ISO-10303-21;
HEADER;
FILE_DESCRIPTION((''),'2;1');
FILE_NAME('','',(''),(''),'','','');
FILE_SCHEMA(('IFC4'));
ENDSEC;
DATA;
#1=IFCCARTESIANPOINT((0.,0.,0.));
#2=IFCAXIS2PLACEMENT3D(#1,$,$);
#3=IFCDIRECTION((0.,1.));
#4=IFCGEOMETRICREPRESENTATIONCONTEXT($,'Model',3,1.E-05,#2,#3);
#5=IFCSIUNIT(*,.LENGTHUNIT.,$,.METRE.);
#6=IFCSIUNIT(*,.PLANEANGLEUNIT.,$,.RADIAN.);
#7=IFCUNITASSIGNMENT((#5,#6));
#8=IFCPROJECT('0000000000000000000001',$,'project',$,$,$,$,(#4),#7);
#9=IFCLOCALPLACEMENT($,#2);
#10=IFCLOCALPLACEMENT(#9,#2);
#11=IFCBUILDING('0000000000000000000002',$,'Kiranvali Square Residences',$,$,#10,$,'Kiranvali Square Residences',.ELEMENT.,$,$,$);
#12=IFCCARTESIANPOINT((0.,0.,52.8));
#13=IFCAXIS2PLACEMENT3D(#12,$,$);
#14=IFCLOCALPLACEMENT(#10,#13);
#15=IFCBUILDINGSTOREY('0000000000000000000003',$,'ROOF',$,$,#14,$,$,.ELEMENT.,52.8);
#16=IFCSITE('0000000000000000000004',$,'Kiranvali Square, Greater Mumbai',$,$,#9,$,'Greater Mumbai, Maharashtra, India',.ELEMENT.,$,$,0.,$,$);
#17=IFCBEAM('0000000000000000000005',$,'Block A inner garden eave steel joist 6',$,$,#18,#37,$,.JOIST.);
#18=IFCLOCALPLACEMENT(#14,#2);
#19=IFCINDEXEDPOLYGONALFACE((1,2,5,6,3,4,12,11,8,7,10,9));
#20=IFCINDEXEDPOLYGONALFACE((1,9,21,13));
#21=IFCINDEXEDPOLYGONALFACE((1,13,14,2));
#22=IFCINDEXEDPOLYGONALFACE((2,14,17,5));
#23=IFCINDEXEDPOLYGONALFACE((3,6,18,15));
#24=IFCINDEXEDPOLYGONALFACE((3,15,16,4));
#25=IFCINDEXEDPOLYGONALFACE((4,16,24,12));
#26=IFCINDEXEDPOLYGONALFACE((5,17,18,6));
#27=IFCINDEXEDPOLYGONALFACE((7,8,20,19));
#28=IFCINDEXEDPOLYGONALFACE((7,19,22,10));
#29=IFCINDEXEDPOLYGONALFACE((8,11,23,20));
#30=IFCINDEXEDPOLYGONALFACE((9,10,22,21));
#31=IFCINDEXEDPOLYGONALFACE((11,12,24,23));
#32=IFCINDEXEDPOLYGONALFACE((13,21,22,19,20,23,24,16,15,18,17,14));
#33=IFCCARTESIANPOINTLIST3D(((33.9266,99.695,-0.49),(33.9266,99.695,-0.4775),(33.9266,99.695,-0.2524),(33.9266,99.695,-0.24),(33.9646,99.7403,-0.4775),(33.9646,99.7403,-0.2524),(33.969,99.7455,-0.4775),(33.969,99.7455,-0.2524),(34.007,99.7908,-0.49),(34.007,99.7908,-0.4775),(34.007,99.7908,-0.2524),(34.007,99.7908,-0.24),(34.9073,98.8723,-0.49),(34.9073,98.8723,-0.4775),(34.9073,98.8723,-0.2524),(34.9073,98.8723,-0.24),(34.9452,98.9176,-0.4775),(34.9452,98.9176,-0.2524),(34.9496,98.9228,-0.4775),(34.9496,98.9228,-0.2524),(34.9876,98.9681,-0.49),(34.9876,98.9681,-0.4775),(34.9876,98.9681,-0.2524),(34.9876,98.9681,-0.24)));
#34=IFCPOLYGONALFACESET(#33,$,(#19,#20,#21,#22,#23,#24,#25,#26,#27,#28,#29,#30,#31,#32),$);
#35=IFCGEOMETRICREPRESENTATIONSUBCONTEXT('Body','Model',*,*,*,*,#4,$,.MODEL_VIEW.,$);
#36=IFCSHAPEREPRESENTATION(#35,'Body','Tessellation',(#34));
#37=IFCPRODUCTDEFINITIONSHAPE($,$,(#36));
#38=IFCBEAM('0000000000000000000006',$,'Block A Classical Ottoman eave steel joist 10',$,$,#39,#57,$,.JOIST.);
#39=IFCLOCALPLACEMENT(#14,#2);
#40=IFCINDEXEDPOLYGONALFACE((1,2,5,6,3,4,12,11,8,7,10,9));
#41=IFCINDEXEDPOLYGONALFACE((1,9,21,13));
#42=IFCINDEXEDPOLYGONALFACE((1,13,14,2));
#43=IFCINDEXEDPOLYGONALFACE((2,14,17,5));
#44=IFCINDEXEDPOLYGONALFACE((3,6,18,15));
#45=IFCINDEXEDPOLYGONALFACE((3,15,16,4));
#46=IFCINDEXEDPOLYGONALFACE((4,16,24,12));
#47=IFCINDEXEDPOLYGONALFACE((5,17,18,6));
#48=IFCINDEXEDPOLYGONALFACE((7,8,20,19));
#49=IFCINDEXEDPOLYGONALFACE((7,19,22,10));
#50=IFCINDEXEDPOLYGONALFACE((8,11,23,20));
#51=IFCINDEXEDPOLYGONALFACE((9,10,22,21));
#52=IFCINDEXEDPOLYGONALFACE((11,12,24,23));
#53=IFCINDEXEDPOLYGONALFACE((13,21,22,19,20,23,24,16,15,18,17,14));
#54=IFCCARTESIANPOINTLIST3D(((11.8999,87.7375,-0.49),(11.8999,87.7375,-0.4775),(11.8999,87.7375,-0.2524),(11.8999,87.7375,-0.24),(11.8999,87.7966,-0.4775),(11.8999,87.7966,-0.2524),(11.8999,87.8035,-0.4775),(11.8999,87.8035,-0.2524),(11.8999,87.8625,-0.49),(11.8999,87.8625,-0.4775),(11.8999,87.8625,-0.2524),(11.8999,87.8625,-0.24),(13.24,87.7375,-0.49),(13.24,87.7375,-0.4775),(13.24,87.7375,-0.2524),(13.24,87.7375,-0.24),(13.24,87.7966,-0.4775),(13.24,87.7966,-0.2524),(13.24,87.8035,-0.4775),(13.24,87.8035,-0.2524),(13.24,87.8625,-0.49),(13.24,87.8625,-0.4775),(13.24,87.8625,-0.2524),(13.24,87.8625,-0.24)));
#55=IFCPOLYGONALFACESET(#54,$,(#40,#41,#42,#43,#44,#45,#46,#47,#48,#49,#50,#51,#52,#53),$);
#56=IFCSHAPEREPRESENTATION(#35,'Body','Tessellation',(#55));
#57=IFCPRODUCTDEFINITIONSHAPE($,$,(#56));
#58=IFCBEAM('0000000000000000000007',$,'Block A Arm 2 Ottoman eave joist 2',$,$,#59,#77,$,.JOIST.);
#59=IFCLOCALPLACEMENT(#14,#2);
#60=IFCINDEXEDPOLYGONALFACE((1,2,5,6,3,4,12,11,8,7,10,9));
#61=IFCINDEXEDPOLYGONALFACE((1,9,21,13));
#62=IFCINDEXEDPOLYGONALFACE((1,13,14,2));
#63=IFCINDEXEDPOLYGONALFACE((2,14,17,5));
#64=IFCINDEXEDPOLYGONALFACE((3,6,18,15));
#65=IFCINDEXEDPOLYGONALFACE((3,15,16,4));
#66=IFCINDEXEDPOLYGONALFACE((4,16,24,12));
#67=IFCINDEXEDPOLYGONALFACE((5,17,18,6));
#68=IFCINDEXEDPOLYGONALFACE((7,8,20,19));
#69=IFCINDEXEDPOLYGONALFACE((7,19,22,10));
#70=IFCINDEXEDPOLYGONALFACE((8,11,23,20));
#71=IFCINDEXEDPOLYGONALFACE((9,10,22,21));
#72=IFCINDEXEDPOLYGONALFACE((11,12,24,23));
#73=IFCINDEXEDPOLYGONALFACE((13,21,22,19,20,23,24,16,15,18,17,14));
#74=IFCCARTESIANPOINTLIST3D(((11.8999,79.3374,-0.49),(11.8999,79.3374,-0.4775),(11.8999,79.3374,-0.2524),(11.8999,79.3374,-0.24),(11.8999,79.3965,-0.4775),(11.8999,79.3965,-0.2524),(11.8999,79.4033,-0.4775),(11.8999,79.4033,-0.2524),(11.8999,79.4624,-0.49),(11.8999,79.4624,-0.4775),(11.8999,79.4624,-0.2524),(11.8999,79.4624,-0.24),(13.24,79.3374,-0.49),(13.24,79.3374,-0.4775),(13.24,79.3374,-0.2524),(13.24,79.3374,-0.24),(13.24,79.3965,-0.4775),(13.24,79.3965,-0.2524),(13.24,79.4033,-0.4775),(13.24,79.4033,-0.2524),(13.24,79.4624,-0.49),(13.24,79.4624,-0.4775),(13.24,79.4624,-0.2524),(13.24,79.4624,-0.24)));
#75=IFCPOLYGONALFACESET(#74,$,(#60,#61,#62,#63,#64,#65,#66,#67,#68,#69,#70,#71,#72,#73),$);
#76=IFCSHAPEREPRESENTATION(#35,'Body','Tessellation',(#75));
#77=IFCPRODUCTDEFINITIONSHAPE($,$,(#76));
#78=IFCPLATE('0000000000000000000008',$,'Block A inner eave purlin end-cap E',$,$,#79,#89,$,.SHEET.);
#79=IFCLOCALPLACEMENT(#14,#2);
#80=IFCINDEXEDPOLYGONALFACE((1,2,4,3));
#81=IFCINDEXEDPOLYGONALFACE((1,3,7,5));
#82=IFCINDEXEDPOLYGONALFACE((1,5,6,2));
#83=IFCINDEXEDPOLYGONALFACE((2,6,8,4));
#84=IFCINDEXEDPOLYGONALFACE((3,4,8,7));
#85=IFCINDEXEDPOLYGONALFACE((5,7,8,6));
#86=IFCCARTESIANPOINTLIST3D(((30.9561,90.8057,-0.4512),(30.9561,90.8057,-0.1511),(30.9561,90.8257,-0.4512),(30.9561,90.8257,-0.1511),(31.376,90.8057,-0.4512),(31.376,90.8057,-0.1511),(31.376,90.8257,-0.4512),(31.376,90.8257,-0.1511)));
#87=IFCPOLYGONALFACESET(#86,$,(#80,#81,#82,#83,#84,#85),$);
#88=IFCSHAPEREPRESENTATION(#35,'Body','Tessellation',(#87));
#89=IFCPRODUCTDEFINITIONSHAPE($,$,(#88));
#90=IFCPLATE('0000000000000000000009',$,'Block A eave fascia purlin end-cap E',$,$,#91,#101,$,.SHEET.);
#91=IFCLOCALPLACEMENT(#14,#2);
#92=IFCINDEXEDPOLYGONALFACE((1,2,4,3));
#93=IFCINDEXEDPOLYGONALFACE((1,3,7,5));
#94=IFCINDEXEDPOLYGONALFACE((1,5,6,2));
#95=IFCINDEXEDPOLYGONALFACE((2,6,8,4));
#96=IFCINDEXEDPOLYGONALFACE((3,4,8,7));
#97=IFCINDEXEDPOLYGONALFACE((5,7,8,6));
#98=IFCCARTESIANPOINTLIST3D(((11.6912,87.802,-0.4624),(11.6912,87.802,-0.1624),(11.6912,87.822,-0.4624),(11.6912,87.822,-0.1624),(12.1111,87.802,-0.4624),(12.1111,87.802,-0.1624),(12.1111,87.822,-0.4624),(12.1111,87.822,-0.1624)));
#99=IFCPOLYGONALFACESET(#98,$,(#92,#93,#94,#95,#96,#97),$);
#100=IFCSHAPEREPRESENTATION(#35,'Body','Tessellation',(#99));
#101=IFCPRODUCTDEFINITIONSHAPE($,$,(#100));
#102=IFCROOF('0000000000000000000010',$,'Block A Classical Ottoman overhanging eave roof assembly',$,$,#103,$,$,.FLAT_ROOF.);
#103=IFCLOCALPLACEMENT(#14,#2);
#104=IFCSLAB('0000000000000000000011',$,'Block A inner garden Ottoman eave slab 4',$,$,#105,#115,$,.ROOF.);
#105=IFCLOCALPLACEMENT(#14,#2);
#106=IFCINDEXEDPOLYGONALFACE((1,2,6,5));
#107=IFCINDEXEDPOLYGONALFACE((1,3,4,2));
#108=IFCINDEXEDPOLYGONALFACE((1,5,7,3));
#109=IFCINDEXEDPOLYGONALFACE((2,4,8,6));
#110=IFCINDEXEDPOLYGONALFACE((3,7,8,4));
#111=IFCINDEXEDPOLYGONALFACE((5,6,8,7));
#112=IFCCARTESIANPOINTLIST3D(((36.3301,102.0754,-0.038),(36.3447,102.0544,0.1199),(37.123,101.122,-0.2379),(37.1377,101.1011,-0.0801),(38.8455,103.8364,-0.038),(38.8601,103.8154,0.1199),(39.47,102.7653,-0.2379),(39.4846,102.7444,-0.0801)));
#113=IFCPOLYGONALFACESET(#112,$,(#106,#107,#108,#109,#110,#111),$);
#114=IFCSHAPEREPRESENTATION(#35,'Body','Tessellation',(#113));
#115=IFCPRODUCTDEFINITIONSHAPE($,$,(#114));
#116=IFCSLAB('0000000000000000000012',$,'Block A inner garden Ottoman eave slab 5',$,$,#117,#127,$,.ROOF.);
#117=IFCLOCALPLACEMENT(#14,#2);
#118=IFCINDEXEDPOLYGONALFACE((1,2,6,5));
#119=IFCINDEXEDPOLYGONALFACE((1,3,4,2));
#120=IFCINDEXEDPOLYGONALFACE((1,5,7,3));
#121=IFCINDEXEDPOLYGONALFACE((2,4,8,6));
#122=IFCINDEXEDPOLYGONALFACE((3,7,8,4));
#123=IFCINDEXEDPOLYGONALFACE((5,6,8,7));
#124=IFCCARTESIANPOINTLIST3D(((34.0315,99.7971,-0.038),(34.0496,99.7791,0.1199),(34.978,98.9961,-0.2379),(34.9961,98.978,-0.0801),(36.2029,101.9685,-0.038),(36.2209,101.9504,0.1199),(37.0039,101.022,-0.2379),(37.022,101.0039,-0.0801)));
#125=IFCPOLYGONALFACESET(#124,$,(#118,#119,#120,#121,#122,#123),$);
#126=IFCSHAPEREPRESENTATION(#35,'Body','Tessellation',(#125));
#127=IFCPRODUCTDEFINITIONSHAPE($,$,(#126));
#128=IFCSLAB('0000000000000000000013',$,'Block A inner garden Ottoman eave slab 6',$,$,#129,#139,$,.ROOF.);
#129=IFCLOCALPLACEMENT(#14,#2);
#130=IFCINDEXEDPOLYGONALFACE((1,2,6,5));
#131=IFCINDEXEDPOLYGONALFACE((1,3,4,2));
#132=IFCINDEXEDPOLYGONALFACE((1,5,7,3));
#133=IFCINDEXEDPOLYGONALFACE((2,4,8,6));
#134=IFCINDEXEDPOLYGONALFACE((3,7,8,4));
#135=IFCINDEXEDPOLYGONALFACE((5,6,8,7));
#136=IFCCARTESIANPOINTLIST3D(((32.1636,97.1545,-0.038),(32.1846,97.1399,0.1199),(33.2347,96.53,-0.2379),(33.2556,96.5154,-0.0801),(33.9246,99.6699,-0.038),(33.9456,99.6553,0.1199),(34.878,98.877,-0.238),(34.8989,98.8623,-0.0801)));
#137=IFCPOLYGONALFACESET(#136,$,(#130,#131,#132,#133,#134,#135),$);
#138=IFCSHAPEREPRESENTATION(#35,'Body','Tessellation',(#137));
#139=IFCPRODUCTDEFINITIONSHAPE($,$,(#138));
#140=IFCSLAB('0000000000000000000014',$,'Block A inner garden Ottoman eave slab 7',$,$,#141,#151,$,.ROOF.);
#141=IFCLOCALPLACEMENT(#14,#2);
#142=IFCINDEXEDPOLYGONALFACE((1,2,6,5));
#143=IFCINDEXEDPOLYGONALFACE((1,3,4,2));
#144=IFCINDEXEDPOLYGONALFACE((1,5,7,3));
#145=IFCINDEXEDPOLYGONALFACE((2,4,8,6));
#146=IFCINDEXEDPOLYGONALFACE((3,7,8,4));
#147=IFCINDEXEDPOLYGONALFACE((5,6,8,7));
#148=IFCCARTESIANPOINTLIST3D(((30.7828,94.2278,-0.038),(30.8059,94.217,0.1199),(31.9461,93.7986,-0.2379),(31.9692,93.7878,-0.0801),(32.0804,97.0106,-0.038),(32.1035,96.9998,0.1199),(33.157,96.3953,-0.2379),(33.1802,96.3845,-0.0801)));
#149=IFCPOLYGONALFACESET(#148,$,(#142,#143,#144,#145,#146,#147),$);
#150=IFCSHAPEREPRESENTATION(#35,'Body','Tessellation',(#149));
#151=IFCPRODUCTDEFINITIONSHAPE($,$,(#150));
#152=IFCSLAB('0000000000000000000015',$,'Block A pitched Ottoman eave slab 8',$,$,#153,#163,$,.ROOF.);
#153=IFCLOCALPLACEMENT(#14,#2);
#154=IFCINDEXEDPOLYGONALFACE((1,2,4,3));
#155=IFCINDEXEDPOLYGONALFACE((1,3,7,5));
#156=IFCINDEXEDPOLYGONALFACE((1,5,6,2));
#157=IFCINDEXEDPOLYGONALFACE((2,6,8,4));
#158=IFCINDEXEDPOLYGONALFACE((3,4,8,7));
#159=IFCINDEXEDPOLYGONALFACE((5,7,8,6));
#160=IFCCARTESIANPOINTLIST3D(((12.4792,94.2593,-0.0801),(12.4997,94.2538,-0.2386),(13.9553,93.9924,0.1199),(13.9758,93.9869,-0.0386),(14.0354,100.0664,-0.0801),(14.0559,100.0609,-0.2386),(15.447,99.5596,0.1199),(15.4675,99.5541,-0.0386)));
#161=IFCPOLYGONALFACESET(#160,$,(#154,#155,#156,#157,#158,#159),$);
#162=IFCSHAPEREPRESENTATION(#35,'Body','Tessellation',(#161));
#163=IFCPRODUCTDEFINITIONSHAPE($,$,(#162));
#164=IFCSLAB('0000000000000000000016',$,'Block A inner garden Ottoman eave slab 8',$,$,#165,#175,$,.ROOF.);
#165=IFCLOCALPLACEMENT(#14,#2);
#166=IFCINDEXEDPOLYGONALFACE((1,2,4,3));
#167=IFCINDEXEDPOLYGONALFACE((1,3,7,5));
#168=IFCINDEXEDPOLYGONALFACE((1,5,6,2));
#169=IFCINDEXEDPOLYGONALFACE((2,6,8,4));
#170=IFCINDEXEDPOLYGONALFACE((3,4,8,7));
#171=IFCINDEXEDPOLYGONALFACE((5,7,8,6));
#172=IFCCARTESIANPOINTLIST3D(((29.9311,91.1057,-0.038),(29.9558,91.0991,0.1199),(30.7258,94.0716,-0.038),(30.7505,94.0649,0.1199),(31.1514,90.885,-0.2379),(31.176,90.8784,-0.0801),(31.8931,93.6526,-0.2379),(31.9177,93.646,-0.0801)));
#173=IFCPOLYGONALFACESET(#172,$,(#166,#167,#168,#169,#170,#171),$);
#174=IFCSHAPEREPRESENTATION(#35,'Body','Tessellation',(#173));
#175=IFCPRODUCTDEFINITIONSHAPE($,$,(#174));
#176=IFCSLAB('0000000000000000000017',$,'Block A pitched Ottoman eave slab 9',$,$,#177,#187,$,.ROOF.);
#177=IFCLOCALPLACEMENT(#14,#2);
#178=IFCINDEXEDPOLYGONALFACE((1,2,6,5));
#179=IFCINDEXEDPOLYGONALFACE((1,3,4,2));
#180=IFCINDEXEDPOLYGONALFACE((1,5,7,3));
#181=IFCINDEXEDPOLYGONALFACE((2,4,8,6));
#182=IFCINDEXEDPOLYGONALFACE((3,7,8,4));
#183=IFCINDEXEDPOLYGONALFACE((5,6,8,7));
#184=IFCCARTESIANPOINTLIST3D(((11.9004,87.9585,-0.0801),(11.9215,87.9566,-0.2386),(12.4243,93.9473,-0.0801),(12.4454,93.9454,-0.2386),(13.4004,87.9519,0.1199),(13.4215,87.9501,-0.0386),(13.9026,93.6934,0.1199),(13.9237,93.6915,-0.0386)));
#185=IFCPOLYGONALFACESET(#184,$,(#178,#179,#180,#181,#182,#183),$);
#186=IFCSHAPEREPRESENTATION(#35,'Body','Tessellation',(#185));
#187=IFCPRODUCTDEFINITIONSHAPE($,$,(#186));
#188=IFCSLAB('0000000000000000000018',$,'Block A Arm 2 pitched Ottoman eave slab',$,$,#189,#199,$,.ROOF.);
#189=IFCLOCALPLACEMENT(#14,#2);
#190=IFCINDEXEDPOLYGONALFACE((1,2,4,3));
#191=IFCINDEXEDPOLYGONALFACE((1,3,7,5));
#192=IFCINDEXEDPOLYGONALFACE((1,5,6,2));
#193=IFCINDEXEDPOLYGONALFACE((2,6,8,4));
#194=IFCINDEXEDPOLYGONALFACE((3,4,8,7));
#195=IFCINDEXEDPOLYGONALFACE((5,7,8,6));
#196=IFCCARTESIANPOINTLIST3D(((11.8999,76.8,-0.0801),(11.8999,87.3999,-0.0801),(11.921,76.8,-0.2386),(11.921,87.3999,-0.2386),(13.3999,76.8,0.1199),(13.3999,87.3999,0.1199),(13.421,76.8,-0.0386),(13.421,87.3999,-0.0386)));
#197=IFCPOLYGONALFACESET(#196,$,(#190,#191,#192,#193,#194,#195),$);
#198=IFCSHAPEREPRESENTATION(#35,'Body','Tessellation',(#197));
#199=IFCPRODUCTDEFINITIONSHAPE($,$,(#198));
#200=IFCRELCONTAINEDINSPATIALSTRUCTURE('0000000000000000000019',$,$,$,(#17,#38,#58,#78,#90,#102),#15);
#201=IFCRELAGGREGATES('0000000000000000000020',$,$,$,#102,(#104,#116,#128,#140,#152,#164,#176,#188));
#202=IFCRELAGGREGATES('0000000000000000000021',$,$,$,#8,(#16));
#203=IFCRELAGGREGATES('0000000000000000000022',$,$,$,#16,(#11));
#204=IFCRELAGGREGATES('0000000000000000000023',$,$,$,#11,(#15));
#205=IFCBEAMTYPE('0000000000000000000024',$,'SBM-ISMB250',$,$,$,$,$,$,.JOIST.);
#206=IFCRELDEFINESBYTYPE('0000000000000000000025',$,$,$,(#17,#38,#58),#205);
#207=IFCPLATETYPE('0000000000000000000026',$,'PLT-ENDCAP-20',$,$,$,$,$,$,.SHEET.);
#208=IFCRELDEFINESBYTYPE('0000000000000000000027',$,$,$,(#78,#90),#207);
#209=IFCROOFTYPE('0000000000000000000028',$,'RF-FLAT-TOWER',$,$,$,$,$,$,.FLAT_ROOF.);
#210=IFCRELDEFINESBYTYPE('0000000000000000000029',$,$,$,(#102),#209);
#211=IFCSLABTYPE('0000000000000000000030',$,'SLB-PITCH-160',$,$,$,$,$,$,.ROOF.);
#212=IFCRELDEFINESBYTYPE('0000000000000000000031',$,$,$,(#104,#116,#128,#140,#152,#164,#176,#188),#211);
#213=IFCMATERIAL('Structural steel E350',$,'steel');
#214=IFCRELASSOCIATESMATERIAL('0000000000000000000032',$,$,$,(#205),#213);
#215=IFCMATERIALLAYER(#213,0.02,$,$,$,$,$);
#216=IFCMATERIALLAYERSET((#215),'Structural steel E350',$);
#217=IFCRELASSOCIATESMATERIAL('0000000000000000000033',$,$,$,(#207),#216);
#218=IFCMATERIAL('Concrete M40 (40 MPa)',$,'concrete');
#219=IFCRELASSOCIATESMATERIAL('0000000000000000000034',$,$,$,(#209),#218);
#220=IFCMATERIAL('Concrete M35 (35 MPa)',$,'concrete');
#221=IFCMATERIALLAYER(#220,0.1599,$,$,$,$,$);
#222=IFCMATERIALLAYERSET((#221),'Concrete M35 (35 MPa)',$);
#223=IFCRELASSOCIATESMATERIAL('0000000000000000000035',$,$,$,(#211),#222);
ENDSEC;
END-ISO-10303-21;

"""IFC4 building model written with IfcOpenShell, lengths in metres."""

from ifc_helpers import new_model, si_unit, direction, frame, origin, origin_2d, place, context, subcontext, project, spatial, polyline, rectangle, i_section, outline, extrude, material, layer, layer_set, material_profile, profile_set, type_object, element, aggregate, save


model = new_model("IFC4")

# Units and contexts
model_context = context("Model", 3, precision=1e-05, world=origin(), true_north=direction((0.0, 1.0)))
body_context = subcontext(model_context, "Body", "Model", "MODEL_VIEW")
ifc_project = project(units=[si_unit("LENGTHUNIT", "METRE"), si_unit("PLANEANGLEUNIT", "RADIAN")], contexts=[model_context])

# Site, building, storey
site_placement = place(None, origin())
site = spatial("IfcSite", under=ifc_project, at=site_placement, Name="Kiranvali Square, Greater Mumbai", LongName="Greater Mumbai, Maharashtra, India", CompositionType="ELEMENT", RefElevation=0.0)
building_placement = place(site_placement, origin())
building = spatial("IfcBuilding", under=site, at=building_placement, Name="Kiranvali Square Residences", LongName="Kiranvali Square Residences", CompositionType="ELEMENT")
storey_placement = place(building_placement, frame((0.0, 0.0, 52.8)))
storey = spatial("IfcBuildingStorey", under=building, at=storey_placement, Name="ROOF", CompositionType="ELEMENT", Elevation=52.8)

# Shared definitions
ifc_material_1 = material(Name="Structural steel E350", Category="steel")

# Beams
ifc_material_profile_1 = material_profile(ifc_material_1, i_section(OverallWidth=0.125, OverallDepth=0.25, WebThickness=0.0068, FlangeThickness=0.0125, at=origin_2d()), Name="ISMB 250")
ifc_profile_set_1 = profile_set([ifc_material_profile_1], Name="Structural steel E350")
beam_type_1 = type_object("IfcBeamType", Name="SBM-ISMB250", PredefinedType="JOIST", material=ifc_profile_set_1)
beam_1_placement = place(storey_placement, frame((33.9668, 99.7429, -0.365), z_axis=(0.766107, -0.642713, 0.0), x_axis=(0.642713, 0.766107, 0.0)))
element("IfcBeam", 1, at=beam_1_placement, inside=storey, type_object=beam_type_1, Name="Block A inner garden eave steel joist 6", PredefinedType="JOIST", context=body_context, shape_type="SweptSolid", body=[
    extrude(i_section(OverallWidth=0.125, OverallDepth=0.25, WebThickness=0.0068, FlangeThickness=0.0125, at=origin_2d()), origin(), (0.0, 0.0, 1.0), 1.28),
])
for number, where, z_axis, x_axis, name in (
    (2, (13.24, 87.8, -0.365), (-1.0, 0.0, 0.0), (0.0, -1.0, 0.0), "Block A Classical Ottoman eave steel joist 10"),
    (3, (13.24, 79.3999, -0.365), (-1.0, 0.0, 0.0), (0.0, -1.0, 0.0), "Block A Arm 2 Ottoman eave joist 2"),
):
    element("IfcBeam", number, at=place(storey_placement, frame(where, z_axis=z_axis, x_axis=x_axis)), inside=storey, type_object=beam_type_1, Name=name, PredefinedType="JOIST", context=body_context, shape_type="SweptSolid", body=[
        extrude(i_section(OverallWidth=0.125, OverallDepth=0.25, WebThickness=0.0068, FlangeThickness=0.0125, at=origin_2d()), origin(), (0.0, 0.0, 1.0), 1.3401),
    ])

# Plates
ifc_layer_1 = layer(ifc_material_1, 0.02)
ifc_layer_set_1 = layer_set([ifc_layer_1], Name="Structural steel E350")
plate_type = type_object("IfcPlateType", Name="PLT-ENDCAP-20", PredefinedType="SHEET", material=ifc_layer_set_1)
for number, where, z_axis, x_axis, name in (
    (4, (31.166, 90.8157, -0.4512), (0.0, 0.0, 1.0), (1.0, 0.0, 0.0), "Block A inner eave purlin end-cap E"),
    (5, (11.9011, 87.812, -0.4624), (0.0, 0.0, 1.0), (1.0, 0.0, 0.0), "Block A eave fascia purlin end-cap E"),
):
    element("IfcPlate", number, at=place(storey_placement, frame(where, z_axis=z_axis, x_axis=x_axis)), inside=storey, type_object=plate_type, Name=name, PredefinedType="SHEET", context=body_context, shape_type="SweptSolid", body=[
        extrude(rectangle(XDim=0.4199, YDim=0.02, at=origin_2d()), origin(), (0.0, 0.0, 1.0), 0.3),
    ])

# Roof, slabs
ifc_material_2 = material(Name="Concrete M40 (40 MPa)", Category="concrete")
roof_type = type_object("IfcRoofType", Name="RF-FLAT-TOWER", PredefinedType="FLAT_ROOF", material=ifc_material_2)
roof_placement = place(storey_placement, origin())
roof = element("IfcRoof", 6, at=roof_placement, inside=storey, type_object=roof_type, Name="Block A Classical Ottoman overhanging eave roof assembly", PredefinedType="FLAT_ROOF")
ifc_material_3 = material(Name="Concrete M35 (35 MPa)", Category="concrete")
ifc_layer_2 = layer(ifc_material_3, 0.1599)
ifc_layer_set_2 = layer_set([ifc_layer_2], Name="Concrete M35 (35 MPa)")
slab_type_1 = type_object("IfcSlabType", Name="SLB-PITCH-160", PredefinedType="ROOF", material=ifc_layer_set_2)
slab_1_placement = place(storey_placement, frame((38.8601, 103.8154, 0.1199), z_axis=(0.091616, -0.130854, 0.987159), x_axis=(-0.819198, -0.573511, 0.000006)))
slab_1 = element("IfcSlab", 7, at=slab_1_placement, type_object=slab_type_1, Name="Block A inner garden Ottoman eave slab 4", PredefinedType="ROOF", context=body_context, shape_type="SweptSolid", body=[
    extrude(outline(polyline([(0.0, 0.0), (3.0705, 0.0), (2.9677, 1.2518), (0.1027, 1.2516), (0.0, 0.0)])), origin(), (0.0, 0.0, -1.0), 0.1599),
])
slab_2_placement = place(storey_placement, frame((36.2209, 101.9504, 0.1199), z_axis=(0.112948, -0.112948, 0.98716), x_axis=(-0.707107, -0.707107, 0.0)))
slab_2 = element("IfcSlab", 8, at=slab_2_placement, type_object=slab_type_1, Name="Block A inner garden Ottoman eave slab 5", PredefinedType="ROOF", context=body_context, shape_type="SweptSolid", body=[
    extrude(outline(polyline([(0.0, 0.0), (3.0708, 0.0), (2.9679, 1.2518), (0.1029, 1.2518), (0.0, 0.0)])), origin(), (0.0, 0.0, -1.0), 0.1599),
])
slab_3_placement = place(storey_placement, frame((33.9456, 99.6553, 0.1199), z_axis=(0.130854, -0.091616, 0.987159), x_axis=(-0.573511, -0.819198, -0.000006)))
slab_3 = element("IfcSlab", 9, at=slab_3_placement, type_object=slab_type_1, Name="Block A inner garden Ottoman eave slab 6", PredefinedType="ROOF", context=body_context, shape_type="SweptSolid", body=[
    extrude(outline(polyline([(0.0, 0.0), (3.0705, 0.0), (2.9679, 1.2516), (0.1028, 1.2518), (0.0, 0.0)])), origin(), (0.0, 0.0, -1.0), 0.1599),
])
slab_4_placement = place(storey_placement, frame((32.1035, 96.9998, 0.1199), z_axis=(0.144761, -0.067506, 0.987161), x_axis=(-0.42262, -0.906307, -0.000002)))
slab_4 = element("IfcSlab", 10, at=slab_4_placement, type_object=slab_type_1, Name="Block A inner garden Ottoman eave slab 7", PredefinedType="ROOF", context=body_context, shape_type="SweptSolid", body=[
    extrude(outline(polyline([(0.0, 0.0), (3.0704, 0.0), (2.9677, 1.2518), (0.1026, 1.2519), (0.0, 0.0)])), origin(), (0.0, 0.0, -1.0), 0.1599),
])
slab_5_placement = place(storey_placement, frame((15.447, 99.5596, 0.1199), z_axis=(-0.128068, 0.034317, 0.991171), x_axis=(-0.258817, -0.965926, 0.000002)))
slab_5 = element("IfcSlab", 11, at=slab_5_placement, type_object=slab_type_1, Name="Block A pitched Ottoman eave slab 8", PredefinedType="ROOF", context=body_context, shape_type="SweptSolid", body=[
    extrude(outline(polyline([(0.0, 0.0), (5.7635, 0.0), (5.8878, -1.5082), (-0.1242, -1.508), (0.0, 0.0)])), origin(), (0.0, 0.0, -1.0), 0.1599),
])
slab_6_placement = place(storey_placement, frame((30.7505, 94.0649, 0.1199), z_axis=(0.154275, -0.041341, 0.987163), x_axis=(-0.258816, -0.965927, -0.000004)))
slab_6 = element("IfcSlab", 12, at=slab_6_placement, type_object=slab_type_1, Name="Block A inner garden Ottoman eave slab 8", PredefinedType="ROOF", context=body_context, shape_type="SweptSolid", body=[
    extrude(outline(polyline([(0.0, 0.0), (3.0704, 0.0), (2.9678, 1.2518), (0.1026, 1.252), (0.0, 0.0)])), origin(), (0.0, 0.0, -1.0), 0.1599),
])
slab_7_placement = place(storey_placement, frame((13.9026, 93.6934, 0.1199), z_axis=(-0.132077, 0.011554, 0.991172), x_axis=(-0.087136, -0.996196, 0.000001)))
slab_7 = element("IfcSlab", 13, at=slab_7_placement, type_object=slab_type_1, Name="Block A pitched Ottoman eave slab 9", PredefinedType="ROOF", context=body_context, shape_type="SweptSolid", body=[
    extrude(outline(polyline([(0.0, 0.0), (5.7634, 0.0), (5.8875, -1.5082), (-0.1241, -1.5081), (0.0, 0.0)])), origin(), (0.0, 0.0, -1.0), 0.1599),
])
slab_8_placement = place(storey_placement, frame((13.3999, 87.3999, 0.1199), z_axis=(-0.132132, 0.0, 0.991232), x_axis=(0.0, -1.0, 0.0)))
slab_8 = element("IfcSlab", 14, at=slab_8_placement, type_object=slab_type_1, Name="Block A Arm 2 pitched Ottoman eave slab", PredefinedType="ROOF", context=body_context, shape_type="SweptSolid", body=[
    extrude(outline(polyline([(0.0, 0.0), (10.5999, 0.0), (10.5999, -1.5133), (0.0, -1.5133), (0.0, 0.0)])), origin(), (0.0, 0.0, -1.0), 0.1599),
])
aggregate(roof, [slab_1, slab_2, slab_3, slab_4, slab_5, slab_6, slab_7, slab_8])

save(model, "model.ifc")
